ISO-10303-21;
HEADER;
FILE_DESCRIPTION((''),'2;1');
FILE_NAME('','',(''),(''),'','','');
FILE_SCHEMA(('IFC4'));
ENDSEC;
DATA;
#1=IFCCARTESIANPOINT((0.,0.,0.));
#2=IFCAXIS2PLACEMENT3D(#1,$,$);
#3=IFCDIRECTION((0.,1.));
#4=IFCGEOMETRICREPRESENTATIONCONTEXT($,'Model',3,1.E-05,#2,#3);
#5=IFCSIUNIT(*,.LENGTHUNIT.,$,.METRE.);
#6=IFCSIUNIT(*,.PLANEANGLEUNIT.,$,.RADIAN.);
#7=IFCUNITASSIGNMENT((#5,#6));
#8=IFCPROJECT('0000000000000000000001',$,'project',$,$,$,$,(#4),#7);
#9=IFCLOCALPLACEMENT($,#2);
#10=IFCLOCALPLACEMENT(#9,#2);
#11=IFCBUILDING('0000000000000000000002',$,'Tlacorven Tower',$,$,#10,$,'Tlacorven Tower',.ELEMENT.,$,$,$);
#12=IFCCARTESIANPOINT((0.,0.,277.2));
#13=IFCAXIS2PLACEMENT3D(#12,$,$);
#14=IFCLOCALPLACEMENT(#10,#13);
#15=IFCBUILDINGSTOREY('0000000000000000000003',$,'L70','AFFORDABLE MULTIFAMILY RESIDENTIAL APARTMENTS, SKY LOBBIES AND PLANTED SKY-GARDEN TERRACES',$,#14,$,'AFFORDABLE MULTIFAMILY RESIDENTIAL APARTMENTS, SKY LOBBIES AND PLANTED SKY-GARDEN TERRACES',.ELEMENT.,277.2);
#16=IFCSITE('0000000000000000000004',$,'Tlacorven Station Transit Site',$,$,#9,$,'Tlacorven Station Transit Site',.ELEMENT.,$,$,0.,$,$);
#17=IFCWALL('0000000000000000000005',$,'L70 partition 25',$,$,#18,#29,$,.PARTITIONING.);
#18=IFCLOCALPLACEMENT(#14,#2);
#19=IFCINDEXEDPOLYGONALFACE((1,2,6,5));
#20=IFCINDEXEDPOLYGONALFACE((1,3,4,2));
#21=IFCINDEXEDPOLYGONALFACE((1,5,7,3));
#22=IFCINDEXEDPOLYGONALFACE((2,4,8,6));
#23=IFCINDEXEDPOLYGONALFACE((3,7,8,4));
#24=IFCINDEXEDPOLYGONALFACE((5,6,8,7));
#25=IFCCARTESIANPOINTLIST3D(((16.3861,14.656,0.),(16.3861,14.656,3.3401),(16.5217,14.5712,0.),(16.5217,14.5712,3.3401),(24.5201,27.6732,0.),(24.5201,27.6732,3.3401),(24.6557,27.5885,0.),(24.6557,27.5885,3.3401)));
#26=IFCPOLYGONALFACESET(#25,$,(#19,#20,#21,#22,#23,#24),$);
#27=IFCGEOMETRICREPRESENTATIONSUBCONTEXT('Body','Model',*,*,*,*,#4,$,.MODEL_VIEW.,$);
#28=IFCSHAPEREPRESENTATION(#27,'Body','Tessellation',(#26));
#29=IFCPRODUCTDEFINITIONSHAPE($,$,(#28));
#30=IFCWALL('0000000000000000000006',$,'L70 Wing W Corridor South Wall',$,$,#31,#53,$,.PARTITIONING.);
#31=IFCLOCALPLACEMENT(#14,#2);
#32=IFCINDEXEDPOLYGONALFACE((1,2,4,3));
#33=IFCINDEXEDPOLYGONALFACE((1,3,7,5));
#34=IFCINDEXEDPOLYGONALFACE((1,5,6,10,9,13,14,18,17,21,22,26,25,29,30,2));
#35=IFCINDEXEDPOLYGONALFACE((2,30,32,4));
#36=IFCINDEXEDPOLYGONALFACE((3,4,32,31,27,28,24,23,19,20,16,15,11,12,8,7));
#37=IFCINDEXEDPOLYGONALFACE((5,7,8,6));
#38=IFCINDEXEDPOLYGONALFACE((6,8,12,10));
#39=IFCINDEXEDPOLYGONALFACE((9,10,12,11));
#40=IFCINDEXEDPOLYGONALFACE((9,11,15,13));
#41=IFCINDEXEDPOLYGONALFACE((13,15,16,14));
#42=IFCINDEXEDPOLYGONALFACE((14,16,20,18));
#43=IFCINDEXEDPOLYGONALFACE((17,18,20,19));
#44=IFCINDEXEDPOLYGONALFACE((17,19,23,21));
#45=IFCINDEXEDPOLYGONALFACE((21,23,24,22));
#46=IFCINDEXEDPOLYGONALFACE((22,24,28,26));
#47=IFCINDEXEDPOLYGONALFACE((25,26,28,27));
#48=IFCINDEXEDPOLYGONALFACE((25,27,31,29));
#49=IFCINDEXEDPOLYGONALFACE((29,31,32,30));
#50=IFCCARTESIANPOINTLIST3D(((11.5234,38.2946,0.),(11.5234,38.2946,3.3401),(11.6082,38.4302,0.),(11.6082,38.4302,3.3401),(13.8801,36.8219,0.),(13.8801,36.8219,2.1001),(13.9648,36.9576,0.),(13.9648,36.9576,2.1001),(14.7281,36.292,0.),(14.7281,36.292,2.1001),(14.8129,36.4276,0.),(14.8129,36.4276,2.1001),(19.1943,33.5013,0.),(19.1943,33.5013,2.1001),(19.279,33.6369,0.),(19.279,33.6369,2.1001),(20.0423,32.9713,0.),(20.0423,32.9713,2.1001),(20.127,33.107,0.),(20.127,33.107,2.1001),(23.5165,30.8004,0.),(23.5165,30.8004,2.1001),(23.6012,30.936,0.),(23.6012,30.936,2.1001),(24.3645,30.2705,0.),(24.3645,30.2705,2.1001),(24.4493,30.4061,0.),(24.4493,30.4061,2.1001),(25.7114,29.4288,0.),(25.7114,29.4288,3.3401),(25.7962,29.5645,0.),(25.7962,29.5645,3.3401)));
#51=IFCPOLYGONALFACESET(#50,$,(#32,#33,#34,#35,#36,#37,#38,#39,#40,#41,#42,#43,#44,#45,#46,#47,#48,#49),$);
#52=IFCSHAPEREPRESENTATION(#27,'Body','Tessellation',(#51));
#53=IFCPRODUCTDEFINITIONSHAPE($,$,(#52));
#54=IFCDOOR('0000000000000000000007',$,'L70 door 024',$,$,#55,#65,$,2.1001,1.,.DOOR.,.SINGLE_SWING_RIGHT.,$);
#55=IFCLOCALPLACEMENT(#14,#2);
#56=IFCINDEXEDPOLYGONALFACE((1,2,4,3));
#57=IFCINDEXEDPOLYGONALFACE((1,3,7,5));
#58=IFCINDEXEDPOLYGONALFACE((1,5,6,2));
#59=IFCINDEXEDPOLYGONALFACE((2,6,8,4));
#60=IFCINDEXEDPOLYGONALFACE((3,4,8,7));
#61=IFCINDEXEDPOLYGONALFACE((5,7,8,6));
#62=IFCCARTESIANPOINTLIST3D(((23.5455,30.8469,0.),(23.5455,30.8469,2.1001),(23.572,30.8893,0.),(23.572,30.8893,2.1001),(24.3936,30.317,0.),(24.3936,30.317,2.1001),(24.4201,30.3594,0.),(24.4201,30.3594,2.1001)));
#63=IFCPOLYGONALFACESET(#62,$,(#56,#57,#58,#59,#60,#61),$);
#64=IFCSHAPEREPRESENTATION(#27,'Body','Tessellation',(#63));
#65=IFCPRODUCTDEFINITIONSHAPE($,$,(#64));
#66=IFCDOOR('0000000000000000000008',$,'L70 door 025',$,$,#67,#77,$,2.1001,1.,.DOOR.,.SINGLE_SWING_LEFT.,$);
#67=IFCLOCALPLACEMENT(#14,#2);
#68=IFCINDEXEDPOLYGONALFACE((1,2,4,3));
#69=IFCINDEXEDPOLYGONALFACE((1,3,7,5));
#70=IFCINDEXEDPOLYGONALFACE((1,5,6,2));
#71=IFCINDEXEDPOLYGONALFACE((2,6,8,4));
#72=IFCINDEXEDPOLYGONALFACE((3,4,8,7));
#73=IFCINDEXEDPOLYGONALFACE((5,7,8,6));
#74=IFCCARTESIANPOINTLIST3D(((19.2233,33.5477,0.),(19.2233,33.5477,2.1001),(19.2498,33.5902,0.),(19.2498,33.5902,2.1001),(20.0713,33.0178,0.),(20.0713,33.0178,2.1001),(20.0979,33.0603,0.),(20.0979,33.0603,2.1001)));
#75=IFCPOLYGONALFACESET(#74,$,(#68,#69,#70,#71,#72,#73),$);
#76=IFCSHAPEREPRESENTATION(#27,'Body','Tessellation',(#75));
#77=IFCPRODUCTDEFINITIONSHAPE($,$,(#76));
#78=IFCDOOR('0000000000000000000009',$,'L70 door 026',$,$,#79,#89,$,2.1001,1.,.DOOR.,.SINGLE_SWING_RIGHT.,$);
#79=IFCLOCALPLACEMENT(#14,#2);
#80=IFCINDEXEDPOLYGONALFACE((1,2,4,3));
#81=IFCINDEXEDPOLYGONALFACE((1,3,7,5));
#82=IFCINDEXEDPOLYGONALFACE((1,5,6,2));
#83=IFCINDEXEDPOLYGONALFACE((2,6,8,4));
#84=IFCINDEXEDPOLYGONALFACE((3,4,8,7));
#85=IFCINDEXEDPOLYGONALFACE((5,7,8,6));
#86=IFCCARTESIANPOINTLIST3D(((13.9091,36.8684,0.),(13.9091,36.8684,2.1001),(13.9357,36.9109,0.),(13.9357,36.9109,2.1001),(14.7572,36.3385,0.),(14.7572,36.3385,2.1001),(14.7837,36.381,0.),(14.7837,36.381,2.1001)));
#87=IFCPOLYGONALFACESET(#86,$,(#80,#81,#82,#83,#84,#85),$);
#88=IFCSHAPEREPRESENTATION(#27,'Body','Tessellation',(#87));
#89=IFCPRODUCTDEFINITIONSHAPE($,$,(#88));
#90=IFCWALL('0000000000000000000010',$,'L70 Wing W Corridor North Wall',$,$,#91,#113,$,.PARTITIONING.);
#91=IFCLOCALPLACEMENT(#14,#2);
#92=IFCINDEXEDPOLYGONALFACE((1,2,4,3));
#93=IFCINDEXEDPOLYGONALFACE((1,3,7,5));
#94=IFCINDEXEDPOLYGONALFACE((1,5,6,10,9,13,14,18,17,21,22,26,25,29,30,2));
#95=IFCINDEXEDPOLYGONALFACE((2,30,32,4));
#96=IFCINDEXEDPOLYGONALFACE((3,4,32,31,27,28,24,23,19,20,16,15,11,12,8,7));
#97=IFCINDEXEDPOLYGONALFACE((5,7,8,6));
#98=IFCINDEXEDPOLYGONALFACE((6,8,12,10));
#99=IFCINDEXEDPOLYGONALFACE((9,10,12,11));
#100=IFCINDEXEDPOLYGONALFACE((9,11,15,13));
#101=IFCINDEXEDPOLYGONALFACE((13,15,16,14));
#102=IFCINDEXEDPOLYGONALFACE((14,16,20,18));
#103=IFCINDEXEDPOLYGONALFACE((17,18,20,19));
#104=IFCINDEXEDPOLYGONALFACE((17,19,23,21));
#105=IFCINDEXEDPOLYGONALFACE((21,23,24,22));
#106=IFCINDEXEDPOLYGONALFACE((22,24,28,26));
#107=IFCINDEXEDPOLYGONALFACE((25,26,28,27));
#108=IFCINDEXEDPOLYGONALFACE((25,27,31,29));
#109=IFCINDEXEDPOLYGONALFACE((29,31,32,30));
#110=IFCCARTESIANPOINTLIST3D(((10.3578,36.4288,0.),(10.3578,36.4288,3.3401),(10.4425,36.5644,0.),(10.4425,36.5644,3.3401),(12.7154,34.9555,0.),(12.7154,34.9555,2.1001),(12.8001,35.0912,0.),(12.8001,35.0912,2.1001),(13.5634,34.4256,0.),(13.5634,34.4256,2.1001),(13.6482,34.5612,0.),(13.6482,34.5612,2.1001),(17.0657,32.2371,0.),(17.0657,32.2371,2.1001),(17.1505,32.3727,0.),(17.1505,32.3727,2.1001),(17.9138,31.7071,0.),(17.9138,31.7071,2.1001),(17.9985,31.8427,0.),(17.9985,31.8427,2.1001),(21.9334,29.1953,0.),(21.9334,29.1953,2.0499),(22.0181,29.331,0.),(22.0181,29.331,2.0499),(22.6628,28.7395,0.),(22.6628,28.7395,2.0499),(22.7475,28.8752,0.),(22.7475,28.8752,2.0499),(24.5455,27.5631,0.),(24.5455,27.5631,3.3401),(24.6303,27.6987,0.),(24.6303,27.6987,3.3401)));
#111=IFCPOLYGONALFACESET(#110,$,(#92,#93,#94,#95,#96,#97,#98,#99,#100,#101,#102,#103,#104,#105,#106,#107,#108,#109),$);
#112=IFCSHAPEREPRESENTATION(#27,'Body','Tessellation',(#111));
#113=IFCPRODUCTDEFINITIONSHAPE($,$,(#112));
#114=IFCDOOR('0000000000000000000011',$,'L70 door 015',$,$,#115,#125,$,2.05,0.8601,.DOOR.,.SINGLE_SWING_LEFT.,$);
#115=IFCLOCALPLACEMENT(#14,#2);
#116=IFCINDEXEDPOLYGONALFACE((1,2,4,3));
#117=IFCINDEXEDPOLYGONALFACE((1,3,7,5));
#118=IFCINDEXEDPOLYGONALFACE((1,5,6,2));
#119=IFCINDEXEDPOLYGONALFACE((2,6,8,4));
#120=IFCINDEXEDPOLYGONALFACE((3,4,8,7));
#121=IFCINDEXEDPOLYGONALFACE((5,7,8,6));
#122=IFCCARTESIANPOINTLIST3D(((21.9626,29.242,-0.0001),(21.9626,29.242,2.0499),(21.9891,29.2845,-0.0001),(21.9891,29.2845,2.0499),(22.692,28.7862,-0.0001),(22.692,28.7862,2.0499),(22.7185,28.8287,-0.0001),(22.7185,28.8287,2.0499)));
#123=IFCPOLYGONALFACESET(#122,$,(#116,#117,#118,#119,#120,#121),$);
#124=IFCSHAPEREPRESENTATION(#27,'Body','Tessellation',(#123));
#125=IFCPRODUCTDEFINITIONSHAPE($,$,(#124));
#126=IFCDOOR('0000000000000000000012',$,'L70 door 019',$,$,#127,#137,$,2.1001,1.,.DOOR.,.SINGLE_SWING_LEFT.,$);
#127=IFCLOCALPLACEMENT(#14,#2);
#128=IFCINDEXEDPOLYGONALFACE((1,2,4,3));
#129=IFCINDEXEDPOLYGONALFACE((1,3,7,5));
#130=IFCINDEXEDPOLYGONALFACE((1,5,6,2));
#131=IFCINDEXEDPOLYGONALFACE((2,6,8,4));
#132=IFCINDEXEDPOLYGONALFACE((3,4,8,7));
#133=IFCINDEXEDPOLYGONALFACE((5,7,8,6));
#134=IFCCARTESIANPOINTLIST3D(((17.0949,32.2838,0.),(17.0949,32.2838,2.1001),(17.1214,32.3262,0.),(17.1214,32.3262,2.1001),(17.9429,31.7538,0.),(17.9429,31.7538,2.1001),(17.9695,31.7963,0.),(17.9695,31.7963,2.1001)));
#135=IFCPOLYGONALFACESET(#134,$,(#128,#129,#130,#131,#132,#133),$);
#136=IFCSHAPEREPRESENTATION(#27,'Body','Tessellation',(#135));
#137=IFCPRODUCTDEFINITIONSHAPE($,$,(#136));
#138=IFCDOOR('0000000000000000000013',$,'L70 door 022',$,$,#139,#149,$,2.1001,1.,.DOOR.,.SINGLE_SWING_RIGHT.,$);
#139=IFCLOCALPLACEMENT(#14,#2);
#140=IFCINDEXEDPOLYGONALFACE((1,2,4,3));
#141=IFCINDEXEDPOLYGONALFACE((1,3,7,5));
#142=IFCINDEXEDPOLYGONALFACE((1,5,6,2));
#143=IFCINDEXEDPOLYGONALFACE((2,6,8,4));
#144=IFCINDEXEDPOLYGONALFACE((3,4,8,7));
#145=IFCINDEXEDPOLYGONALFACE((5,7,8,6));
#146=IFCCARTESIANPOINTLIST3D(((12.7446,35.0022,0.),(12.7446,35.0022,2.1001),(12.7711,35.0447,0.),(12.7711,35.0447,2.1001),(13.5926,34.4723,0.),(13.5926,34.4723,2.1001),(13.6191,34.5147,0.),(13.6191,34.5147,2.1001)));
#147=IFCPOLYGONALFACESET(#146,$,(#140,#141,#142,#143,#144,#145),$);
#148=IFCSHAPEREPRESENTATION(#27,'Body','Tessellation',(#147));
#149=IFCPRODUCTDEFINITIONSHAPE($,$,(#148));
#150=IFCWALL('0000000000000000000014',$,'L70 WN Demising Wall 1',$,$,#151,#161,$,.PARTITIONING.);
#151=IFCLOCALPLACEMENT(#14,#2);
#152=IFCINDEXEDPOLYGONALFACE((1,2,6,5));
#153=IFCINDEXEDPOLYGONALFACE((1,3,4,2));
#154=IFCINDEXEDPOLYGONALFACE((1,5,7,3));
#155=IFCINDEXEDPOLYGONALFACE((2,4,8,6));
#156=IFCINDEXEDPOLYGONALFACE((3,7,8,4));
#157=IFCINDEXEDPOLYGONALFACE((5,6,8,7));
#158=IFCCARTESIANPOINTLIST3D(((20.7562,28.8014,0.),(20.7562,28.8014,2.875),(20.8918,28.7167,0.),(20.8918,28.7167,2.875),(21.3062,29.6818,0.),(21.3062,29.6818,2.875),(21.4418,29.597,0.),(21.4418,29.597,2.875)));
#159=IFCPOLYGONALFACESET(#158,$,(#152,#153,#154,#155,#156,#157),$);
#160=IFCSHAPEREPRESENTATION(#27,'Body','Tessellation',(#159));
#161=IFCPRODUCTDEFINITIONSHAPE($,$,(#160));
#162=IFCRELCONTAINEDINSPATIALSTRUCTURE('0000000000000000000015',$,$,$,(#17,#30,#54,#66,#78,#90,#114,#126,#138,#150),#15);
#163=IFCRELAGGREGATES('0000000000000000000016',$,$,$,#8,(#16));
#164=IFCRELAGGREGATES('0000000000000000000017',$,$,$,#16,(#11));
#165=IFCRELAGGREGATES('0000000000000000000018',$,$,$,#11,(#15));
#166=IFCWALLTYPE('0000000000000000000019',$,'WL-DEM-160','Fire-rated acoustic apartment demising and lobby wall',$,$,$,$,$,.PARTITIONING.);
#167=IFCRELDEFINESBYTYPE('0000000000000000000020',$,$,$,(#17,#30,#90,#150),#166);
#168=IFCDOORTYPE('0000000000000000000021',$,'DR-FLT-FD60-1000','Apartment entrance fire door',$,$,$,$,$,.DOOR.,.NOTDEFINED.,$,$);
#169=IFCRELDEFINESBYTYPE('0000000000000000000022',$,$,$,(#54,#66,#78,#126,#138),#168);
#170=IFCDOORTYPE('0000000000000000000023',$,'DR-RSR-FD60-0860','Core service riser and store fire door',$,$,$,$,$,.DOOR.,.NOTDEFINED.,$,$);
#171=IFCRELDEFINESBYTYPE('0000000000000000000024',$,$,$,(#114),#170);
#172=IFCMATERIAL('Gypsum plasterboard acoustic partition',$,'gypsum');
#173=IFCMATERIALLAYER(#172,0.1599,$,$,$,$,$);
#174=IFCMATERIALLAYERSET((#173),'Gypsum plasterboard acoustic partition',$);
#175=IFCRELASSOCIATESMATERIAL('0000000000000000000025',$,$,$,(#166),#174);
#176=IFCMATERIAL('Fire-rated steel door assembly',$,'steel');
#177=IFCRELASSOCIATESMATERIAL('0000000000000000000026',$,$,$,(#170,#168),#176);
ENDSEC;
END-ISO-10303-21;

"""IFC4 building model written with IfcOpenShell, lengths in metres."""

from ifc_helpers import new_model, si_unit, direction, frame, frame_2d, origin, place, context, subcontext, project, spatial, rectangle, extrude, source, transform, mapped, material, layer, layer_set, type_object, element, fill, save


model = new_model("IFC4")

# Units and contexts
model_context = context("Model", 3, precision=1e-05, world=origin(), true_north=direction((0.0, 1.0)))
body_context = subcontext(model_context, "Body", "Model", "MODEL_VIEW")
ifc_project = project(units=[si_unit("LENGTHUNIT", "METRE"), si_unit("PLANEANGLEUNIT", "RADIAN")], contexts=[model_context])

# Site, building, storey
site_placement = place(None, origin())
site = spatial("IfcSite", under=ifc_project, at=site_placement, Name="Tlacorven Station Transit Site", LongName="Tlacorven Station Transit Site", CompositionType="ELEMENT", RefElevation=0.0)
building_placement = place(site_placement, origin())
building = spatial("IfcBuilding", under=site, at=building_placement, Name="Tlacorven Tower", LongName="Tlacorven Tower", CompositionType="ELEMENT")
storey_placement = place(building_placement, frame((0.0, 0.0, 277.2)))
storey = spatial("IfcBuildingStorey", under=building, at=storey_placement, Name="L70", Description="AFFORDABLE MULTIFAMILY RESIDENTIAL APARTMENTS, SKY LOBBIES AND PLANTED SKY-GARDEN TERRACES", LongName="AFFORDABLE MULTIFAMILY RESIDENTIAL APARTMENTS, SKY LOBBIES AND PLANTED SKY-GARDEN TERRACES", CompositionType="ELEMENT", Elevation=277.2)

# Shared definitions
ifc_material_1 = material(Name="Gypsum plasterboard acoustic partition", Category="gypsum")
ifc_layer_1 = layer(ifc_material_1, 0.1599)
ifc_layer_set_1 = layer_set([ifc_layer_1], Name="Gypsum plasterboard acoustic partition")
wall_type_1 = type_object("IfcWallType", Name="WL-DEM-160", Description="Fire-rated acoustic apartment demising and lobby wall", PredefinedType="PARTITIONING", material=ifc_layer_set_1)
ifc_material_2 = material(Name="Fire-rated steel door assembly", Category="steel")
door_type_1 = type_object("IfcDoorType", Name="DR-RSR-FD60-0860", Description="Core service riser and store fire door", OperationType="NOTDEFINED", PredefinedType="DOOR", material=ifc_material_2)
shared_shape_1 = source(origin(), body_context, "Body", "SweptSolid", [
    extrude(rectangle(XDim=0.8601, YDim=2.05, at=frame_2d((0.4302, 1.0249))), frame((0.0, 0.0249, 0.0), z_axis=(0.0, -1.0, 0.0), x_axis=(1.0, 0.0, 0.0)), (0.0, 0.0, 1.0), 0.05),
])

# Wall
wall_1_placement = place(storey_placement, frame((24.5879, 27.6309, 0.0), z_axis=(0.0, 0.0, 1.0), x_axis=(-0.529915, -0.848051, 0.0)))
element("IfcWall", 1, at=wall_1_placement, inside=storey, type_object=wall_type_1, Name="L70 partition 25", PredefinedType="PARTITIONING", context=body_context, shape_type="SweptSolid", body=[
    extrude(rectangle(XDim=15.3496, YDim=0.1599, at=frame_2d((7.6748, 0.0))), origin(), (0.0, 0.0, 1.0), 3.3401),
])

# Walls, openings, doors
wall_2_placement = place(storey_placement, frame((25.7539, 29.4966, 0.0), z_axis=(0.0, 0.0, 1.0), x_axis=(-0.848046, 0.529923, 0.0)))
wall_2 = element("IfcWall", 2, at=wall_2_placement, inside=storey, type_object=wall_type_1, Name="L70 Wing W Corridor South Wall", PredefinedType="PARTITIONING", context=body_context, shape_type="SweptSolid", body=[
    extrude(rectangle(XDim=16.7302, YDim=0.1599, at=frame_2d((8.3652, 0.0))), origin(), (0.0, 0.0, 1.0), 3.3401),
])
opening_1_placement = place(wall_2_placement, frame((1.5884, 0.0, 0.0)))
opening_1 = element("IfcOpeningElement", 3, at=opening_1_placement, cuts=wall_2, PredefinedType="OPENING", context=body_context, shape_type="SweptSolid", body=[
    extrude(rectangle(XDim=1.0, YDim=2.1001, at=frame_2d((0.5, 1.05))), frame((0.0, 0.0898, 0.0), z_axis=(0.0, -1.0, 0.0), x_axis=(1.0, 0.0, 0.0)), (0.0, 0.0, 1.0), 0.1799),
])
opening_2_placement = place(wall_2_placement, frame((6.6851, 0.0, 0.0)))
opening_2 = element("IfcOpeningElement", 4, at=opening_2_placement, cuts=wall_2, PredefinedType="OPENING", context=body_context, shape_type="SweptSolid", body=[
    extrude(rectangle(XDim=1.0, YDim=2.1001, at=frame_2d((0.5, 1.05))), frame((0.0, 0.0898, 0.0), z_axis=(0.0, -1.0, 0.0), x_axis=(1.0, 0.0, 0.0)), (0.0, 0.0, 1.0), 0.1799),
])
opening_3_placement = place(wall_2_placement, frame((12.9514, 0.0, 0.0)))
opening_3 = element("IfcOpeningElement", 5, at=opening_3_placement, cuts=wall_2, PredefinedType="OPENING", context=body_context, shape_type="SweptSolid", body=[
    extrude(rectangle(XDim=1.0, YDim=2.1001, at=frame_2d((0.5, 1.05))), frame((0.0, 0.0898, 0.0), z_axis=(0.0, -1.0, 0.0), x_axis=(1.0, 0.0, 0.0)), (0.0, 0.0, 1.0), 0.1799),
])
door_type_2 = type_object("IfcDoorType", Name="DR-FLT-FD60-1000", Description="Apartment entrance fire door", OperationType="NOTDEFINED", PredefinedType="DOOR", material=ifc_material_2)
shared_shape_2 = source(origin(), body_context, "Body", "SweptSolid", [
    extrude(rectangle(XDim=1.0, YDim=2.1001, at=frame_2d((0.5, 1.05))), frame((0.0, 0.0249, 0.0), z_axis=(0.0, -1.0, 0.0), x_axis=(1.0, 0.0, 0.0)), (0.0, 0.0, 1.0), 0.05),
])
door_1_placement = place(opening_1_placement, frame((1.0, 0.0, 0.0), z_axis=(0.0, 0.0, 1.0), x_axis=(-1.0, 0.0, 0.0)))
door_1 = element("IfcDoor", 6, at=door_1_placement, inside=storey, type_object=door_type_2, Name="L70 door 024", OperationType="SINGLE_SWING_RIGHT", OverallHeight=2.1001, OverallWidth=1.0, PredefinedType="DOOR", context=body_context, shape_type="MappedRepresentation", body=[
    mapped(shared_shape_2, transform((0.0, 0.0, 0.0), scale=1.0)),
])
fill(opening_1, door_1)
door_2_placement = place(opening_2_placement, frame((1.0, 0.0, 0.0), z_axis=(0.0, 0.0, 1.0), x_axis=(-1.0, 0.0, 0.0)))
door_2 = element("IfcDoor", 7, at=door_2_placement, inside=storey, type_object=door_type_2, Name="L70 door 025", OperationType="SINGLE_SWING_LEFT", OverallHeight=2.1001, OverallWidth=1.0, PredefinedType="DOOR", context=body_context, shape_type="MappedRepresentation", body=[
    mapped(shared_shape_2, transform((0.0, 0.0, 0.0), scale=1.0)),
])
fill(opening_2, door_2)
door_3_placement = place(opening_3_placement, frame((1.0, 0.0, 0.0), z_axis=(0.0, 0.0, 1.0), x_axis=(-1.0, 0.0, 0.0)))
door_3 = element("IfcDoor", 8, at=door_3_placement, inside=storey, type_object=door_type_2, Name="L70 door 026", OperationType="SINGLE_SWING_RIGHT", OverallHeight=2.1001, OverallWidth=1.0, PredefinedType="DOOR", context=body_context, shape_type="MappedRepresentation", body=[
    mapped(shared_shape_2, transform((0.0, 0.0, 0.0), scale=1.0)),
])
fill(opening_3, door_3)
wall_3_placement = place(storey_placement, frame((24.5879, 27.6309, 0.0), z_axis=(0.0, 0.0, 1.0), x_axis=(-0.848042, 0.529929, 0.0)))
wall_3 = element("IfcWall", 9, at=wall_3_placement, inside=storey, type_object=wall_type_1, Name="L70 Wing W Corridor North Wall", PredefinedType="PARTITIONING", context=body_context, shape_type="SweptSolid", body=[
    extrude(rectangle(XDim=16.73, YDim=0.1599, at=frame_2d((8.365, 0.0))), origin(), (0.0, 0.0, 1.0), 3.3401),
])
opening_4_placement = place(wall_3_placement, frame((2.22, 0.0, 0.0)))
opening_4 = element("IfcOpeningElement", 10, at=opening_4_placement, cuts=wall_3, PredefinedType="OPENING", context=body_context, shape_type="SweptSolid", body=[
    extrude(rectangle(XDim=0.8601, YDim=2.05, at=frame_2d((0.4302, 1.0249))), frame((0.0, 0.0898, 0.0), z_axis=(0.0, -1.0, 0.0), x_axis=(1.0, 0.0, 0.0)), (0.0, 0.0, 1.0), 0.1799),
])
opening_5_placement = place(wall_3_placement, frame((7.8201, 0.0, 0.0)))
opening_5 = element("IfcOpeningElement", 11, at=opening_5_placement, cuts=wall_3, PredefinedType="OPENING", context=body_context, shape_type="SweptSolid", body=[
    extrude(rectangle(XDim=1.0, YDim=2.1001, at=frame_2d((0.5, 1.05))), frame((0.0, 0.0898, 0.0), z_axis=(0.0, -1.0, 0.0), x_axis=(1.0, 0.0, 0.0)), (0.0, 0.0, 1.0), 0.1799),
])
opening_6_placement = place(wall_3_placement, frame((12.95, 0.0, 0.0)))
opening_6 = element("IfcOpeningElement", 12, at=opening_6_placement, cuts=wall_3, PredefinedType="OPENING", context=body_context, shape_type="SweptSolid", body=[
    extrude(rectangle(XDim=1.0, YDim=2.1001, at=frame_2d((0.5, 1.05))), frame((0.0, 0.0898, 0.0), z_axis=(0.0, -1.0, 0.0), x_axis=(1.0, 0.0, 0.0)), (0.0, 0.0, 1.0), 0.1799),
])
door_4_placement = place(opening_4_placement, origin())
door_4 = element("IfcDoor", 13, at=door_4_placement, inside=storey, type_object=door_type_1, Name="L70 door 015", OperationType="SINGLE_SWING_LEFT", OverallHeight=2.05, OverallWidth=0.8601, PredefinedType="DOOR", context=body_context, shape_type="MappedRepresentation", body=[
    mapped(shared_shape_1, transform((0.0, 0.0, 0.0), scale=1.0)),
])
fill(opening_4, door_4)
door_5_placement = place(opening_5_placement, origin())
door_5 = element("IfcDoor", 14, at=door_5_placement, inside=storey, type_object=door_type_2, Name="L70 door 019", OperationType="SINGLE_SWING_LEFT", OverallHeight=2.1001, OverallWidth=1.0, PredefinedType="DOOR", context=body_context, shape_type="MappedRepresentation", body=[
    mapped(shared_shape_2, transform((0.0, 0.0, 0.0), scale=1.0)),
])
fill(opening_5, door_5)
door_6_placement = place(opening_6_placement, origin())
door_6 = element("IfcDoor", 15, at=door_6_placement, inside=storey, type_object=door_type_2, Name="L70 door 022", OperationType="SINGLE_SWING_RIGHT", OverallHeight=2.1001, OverallWidth=1.0, PredefinedType="DOOR", context=body_context, shape_type="MappedRepresentation", body=[
    mapped(shared_shape_2, transform((0.0, 0.0, 0.0), scale=1.0)),
])
fill(opening_6, door_6)

# Wall
wall_4_placement = place(storey_placement, frame((21.374, 29.6394, 0.0), z_axis=(0.0, 0.0, 1.0), x_axis=(-0.529872, -0.848078, 0.0)))
element("IfcWall", 16, at=wall_4_placement, inside=storey, type_object=wall_type_1, Name="L70 WN Demising Wall 1", PredefinedType="PARTITIONING", context=body_context, shape_type="SweptSolid", body=[
    extrude(rectangle(XDim=1.0381, YDim=0.1599, at=frame_2d((0.519, 0.0))), origin(), (0.0, 0.0, 1.0), 2.875),
])

save(model, "model.ifc")
